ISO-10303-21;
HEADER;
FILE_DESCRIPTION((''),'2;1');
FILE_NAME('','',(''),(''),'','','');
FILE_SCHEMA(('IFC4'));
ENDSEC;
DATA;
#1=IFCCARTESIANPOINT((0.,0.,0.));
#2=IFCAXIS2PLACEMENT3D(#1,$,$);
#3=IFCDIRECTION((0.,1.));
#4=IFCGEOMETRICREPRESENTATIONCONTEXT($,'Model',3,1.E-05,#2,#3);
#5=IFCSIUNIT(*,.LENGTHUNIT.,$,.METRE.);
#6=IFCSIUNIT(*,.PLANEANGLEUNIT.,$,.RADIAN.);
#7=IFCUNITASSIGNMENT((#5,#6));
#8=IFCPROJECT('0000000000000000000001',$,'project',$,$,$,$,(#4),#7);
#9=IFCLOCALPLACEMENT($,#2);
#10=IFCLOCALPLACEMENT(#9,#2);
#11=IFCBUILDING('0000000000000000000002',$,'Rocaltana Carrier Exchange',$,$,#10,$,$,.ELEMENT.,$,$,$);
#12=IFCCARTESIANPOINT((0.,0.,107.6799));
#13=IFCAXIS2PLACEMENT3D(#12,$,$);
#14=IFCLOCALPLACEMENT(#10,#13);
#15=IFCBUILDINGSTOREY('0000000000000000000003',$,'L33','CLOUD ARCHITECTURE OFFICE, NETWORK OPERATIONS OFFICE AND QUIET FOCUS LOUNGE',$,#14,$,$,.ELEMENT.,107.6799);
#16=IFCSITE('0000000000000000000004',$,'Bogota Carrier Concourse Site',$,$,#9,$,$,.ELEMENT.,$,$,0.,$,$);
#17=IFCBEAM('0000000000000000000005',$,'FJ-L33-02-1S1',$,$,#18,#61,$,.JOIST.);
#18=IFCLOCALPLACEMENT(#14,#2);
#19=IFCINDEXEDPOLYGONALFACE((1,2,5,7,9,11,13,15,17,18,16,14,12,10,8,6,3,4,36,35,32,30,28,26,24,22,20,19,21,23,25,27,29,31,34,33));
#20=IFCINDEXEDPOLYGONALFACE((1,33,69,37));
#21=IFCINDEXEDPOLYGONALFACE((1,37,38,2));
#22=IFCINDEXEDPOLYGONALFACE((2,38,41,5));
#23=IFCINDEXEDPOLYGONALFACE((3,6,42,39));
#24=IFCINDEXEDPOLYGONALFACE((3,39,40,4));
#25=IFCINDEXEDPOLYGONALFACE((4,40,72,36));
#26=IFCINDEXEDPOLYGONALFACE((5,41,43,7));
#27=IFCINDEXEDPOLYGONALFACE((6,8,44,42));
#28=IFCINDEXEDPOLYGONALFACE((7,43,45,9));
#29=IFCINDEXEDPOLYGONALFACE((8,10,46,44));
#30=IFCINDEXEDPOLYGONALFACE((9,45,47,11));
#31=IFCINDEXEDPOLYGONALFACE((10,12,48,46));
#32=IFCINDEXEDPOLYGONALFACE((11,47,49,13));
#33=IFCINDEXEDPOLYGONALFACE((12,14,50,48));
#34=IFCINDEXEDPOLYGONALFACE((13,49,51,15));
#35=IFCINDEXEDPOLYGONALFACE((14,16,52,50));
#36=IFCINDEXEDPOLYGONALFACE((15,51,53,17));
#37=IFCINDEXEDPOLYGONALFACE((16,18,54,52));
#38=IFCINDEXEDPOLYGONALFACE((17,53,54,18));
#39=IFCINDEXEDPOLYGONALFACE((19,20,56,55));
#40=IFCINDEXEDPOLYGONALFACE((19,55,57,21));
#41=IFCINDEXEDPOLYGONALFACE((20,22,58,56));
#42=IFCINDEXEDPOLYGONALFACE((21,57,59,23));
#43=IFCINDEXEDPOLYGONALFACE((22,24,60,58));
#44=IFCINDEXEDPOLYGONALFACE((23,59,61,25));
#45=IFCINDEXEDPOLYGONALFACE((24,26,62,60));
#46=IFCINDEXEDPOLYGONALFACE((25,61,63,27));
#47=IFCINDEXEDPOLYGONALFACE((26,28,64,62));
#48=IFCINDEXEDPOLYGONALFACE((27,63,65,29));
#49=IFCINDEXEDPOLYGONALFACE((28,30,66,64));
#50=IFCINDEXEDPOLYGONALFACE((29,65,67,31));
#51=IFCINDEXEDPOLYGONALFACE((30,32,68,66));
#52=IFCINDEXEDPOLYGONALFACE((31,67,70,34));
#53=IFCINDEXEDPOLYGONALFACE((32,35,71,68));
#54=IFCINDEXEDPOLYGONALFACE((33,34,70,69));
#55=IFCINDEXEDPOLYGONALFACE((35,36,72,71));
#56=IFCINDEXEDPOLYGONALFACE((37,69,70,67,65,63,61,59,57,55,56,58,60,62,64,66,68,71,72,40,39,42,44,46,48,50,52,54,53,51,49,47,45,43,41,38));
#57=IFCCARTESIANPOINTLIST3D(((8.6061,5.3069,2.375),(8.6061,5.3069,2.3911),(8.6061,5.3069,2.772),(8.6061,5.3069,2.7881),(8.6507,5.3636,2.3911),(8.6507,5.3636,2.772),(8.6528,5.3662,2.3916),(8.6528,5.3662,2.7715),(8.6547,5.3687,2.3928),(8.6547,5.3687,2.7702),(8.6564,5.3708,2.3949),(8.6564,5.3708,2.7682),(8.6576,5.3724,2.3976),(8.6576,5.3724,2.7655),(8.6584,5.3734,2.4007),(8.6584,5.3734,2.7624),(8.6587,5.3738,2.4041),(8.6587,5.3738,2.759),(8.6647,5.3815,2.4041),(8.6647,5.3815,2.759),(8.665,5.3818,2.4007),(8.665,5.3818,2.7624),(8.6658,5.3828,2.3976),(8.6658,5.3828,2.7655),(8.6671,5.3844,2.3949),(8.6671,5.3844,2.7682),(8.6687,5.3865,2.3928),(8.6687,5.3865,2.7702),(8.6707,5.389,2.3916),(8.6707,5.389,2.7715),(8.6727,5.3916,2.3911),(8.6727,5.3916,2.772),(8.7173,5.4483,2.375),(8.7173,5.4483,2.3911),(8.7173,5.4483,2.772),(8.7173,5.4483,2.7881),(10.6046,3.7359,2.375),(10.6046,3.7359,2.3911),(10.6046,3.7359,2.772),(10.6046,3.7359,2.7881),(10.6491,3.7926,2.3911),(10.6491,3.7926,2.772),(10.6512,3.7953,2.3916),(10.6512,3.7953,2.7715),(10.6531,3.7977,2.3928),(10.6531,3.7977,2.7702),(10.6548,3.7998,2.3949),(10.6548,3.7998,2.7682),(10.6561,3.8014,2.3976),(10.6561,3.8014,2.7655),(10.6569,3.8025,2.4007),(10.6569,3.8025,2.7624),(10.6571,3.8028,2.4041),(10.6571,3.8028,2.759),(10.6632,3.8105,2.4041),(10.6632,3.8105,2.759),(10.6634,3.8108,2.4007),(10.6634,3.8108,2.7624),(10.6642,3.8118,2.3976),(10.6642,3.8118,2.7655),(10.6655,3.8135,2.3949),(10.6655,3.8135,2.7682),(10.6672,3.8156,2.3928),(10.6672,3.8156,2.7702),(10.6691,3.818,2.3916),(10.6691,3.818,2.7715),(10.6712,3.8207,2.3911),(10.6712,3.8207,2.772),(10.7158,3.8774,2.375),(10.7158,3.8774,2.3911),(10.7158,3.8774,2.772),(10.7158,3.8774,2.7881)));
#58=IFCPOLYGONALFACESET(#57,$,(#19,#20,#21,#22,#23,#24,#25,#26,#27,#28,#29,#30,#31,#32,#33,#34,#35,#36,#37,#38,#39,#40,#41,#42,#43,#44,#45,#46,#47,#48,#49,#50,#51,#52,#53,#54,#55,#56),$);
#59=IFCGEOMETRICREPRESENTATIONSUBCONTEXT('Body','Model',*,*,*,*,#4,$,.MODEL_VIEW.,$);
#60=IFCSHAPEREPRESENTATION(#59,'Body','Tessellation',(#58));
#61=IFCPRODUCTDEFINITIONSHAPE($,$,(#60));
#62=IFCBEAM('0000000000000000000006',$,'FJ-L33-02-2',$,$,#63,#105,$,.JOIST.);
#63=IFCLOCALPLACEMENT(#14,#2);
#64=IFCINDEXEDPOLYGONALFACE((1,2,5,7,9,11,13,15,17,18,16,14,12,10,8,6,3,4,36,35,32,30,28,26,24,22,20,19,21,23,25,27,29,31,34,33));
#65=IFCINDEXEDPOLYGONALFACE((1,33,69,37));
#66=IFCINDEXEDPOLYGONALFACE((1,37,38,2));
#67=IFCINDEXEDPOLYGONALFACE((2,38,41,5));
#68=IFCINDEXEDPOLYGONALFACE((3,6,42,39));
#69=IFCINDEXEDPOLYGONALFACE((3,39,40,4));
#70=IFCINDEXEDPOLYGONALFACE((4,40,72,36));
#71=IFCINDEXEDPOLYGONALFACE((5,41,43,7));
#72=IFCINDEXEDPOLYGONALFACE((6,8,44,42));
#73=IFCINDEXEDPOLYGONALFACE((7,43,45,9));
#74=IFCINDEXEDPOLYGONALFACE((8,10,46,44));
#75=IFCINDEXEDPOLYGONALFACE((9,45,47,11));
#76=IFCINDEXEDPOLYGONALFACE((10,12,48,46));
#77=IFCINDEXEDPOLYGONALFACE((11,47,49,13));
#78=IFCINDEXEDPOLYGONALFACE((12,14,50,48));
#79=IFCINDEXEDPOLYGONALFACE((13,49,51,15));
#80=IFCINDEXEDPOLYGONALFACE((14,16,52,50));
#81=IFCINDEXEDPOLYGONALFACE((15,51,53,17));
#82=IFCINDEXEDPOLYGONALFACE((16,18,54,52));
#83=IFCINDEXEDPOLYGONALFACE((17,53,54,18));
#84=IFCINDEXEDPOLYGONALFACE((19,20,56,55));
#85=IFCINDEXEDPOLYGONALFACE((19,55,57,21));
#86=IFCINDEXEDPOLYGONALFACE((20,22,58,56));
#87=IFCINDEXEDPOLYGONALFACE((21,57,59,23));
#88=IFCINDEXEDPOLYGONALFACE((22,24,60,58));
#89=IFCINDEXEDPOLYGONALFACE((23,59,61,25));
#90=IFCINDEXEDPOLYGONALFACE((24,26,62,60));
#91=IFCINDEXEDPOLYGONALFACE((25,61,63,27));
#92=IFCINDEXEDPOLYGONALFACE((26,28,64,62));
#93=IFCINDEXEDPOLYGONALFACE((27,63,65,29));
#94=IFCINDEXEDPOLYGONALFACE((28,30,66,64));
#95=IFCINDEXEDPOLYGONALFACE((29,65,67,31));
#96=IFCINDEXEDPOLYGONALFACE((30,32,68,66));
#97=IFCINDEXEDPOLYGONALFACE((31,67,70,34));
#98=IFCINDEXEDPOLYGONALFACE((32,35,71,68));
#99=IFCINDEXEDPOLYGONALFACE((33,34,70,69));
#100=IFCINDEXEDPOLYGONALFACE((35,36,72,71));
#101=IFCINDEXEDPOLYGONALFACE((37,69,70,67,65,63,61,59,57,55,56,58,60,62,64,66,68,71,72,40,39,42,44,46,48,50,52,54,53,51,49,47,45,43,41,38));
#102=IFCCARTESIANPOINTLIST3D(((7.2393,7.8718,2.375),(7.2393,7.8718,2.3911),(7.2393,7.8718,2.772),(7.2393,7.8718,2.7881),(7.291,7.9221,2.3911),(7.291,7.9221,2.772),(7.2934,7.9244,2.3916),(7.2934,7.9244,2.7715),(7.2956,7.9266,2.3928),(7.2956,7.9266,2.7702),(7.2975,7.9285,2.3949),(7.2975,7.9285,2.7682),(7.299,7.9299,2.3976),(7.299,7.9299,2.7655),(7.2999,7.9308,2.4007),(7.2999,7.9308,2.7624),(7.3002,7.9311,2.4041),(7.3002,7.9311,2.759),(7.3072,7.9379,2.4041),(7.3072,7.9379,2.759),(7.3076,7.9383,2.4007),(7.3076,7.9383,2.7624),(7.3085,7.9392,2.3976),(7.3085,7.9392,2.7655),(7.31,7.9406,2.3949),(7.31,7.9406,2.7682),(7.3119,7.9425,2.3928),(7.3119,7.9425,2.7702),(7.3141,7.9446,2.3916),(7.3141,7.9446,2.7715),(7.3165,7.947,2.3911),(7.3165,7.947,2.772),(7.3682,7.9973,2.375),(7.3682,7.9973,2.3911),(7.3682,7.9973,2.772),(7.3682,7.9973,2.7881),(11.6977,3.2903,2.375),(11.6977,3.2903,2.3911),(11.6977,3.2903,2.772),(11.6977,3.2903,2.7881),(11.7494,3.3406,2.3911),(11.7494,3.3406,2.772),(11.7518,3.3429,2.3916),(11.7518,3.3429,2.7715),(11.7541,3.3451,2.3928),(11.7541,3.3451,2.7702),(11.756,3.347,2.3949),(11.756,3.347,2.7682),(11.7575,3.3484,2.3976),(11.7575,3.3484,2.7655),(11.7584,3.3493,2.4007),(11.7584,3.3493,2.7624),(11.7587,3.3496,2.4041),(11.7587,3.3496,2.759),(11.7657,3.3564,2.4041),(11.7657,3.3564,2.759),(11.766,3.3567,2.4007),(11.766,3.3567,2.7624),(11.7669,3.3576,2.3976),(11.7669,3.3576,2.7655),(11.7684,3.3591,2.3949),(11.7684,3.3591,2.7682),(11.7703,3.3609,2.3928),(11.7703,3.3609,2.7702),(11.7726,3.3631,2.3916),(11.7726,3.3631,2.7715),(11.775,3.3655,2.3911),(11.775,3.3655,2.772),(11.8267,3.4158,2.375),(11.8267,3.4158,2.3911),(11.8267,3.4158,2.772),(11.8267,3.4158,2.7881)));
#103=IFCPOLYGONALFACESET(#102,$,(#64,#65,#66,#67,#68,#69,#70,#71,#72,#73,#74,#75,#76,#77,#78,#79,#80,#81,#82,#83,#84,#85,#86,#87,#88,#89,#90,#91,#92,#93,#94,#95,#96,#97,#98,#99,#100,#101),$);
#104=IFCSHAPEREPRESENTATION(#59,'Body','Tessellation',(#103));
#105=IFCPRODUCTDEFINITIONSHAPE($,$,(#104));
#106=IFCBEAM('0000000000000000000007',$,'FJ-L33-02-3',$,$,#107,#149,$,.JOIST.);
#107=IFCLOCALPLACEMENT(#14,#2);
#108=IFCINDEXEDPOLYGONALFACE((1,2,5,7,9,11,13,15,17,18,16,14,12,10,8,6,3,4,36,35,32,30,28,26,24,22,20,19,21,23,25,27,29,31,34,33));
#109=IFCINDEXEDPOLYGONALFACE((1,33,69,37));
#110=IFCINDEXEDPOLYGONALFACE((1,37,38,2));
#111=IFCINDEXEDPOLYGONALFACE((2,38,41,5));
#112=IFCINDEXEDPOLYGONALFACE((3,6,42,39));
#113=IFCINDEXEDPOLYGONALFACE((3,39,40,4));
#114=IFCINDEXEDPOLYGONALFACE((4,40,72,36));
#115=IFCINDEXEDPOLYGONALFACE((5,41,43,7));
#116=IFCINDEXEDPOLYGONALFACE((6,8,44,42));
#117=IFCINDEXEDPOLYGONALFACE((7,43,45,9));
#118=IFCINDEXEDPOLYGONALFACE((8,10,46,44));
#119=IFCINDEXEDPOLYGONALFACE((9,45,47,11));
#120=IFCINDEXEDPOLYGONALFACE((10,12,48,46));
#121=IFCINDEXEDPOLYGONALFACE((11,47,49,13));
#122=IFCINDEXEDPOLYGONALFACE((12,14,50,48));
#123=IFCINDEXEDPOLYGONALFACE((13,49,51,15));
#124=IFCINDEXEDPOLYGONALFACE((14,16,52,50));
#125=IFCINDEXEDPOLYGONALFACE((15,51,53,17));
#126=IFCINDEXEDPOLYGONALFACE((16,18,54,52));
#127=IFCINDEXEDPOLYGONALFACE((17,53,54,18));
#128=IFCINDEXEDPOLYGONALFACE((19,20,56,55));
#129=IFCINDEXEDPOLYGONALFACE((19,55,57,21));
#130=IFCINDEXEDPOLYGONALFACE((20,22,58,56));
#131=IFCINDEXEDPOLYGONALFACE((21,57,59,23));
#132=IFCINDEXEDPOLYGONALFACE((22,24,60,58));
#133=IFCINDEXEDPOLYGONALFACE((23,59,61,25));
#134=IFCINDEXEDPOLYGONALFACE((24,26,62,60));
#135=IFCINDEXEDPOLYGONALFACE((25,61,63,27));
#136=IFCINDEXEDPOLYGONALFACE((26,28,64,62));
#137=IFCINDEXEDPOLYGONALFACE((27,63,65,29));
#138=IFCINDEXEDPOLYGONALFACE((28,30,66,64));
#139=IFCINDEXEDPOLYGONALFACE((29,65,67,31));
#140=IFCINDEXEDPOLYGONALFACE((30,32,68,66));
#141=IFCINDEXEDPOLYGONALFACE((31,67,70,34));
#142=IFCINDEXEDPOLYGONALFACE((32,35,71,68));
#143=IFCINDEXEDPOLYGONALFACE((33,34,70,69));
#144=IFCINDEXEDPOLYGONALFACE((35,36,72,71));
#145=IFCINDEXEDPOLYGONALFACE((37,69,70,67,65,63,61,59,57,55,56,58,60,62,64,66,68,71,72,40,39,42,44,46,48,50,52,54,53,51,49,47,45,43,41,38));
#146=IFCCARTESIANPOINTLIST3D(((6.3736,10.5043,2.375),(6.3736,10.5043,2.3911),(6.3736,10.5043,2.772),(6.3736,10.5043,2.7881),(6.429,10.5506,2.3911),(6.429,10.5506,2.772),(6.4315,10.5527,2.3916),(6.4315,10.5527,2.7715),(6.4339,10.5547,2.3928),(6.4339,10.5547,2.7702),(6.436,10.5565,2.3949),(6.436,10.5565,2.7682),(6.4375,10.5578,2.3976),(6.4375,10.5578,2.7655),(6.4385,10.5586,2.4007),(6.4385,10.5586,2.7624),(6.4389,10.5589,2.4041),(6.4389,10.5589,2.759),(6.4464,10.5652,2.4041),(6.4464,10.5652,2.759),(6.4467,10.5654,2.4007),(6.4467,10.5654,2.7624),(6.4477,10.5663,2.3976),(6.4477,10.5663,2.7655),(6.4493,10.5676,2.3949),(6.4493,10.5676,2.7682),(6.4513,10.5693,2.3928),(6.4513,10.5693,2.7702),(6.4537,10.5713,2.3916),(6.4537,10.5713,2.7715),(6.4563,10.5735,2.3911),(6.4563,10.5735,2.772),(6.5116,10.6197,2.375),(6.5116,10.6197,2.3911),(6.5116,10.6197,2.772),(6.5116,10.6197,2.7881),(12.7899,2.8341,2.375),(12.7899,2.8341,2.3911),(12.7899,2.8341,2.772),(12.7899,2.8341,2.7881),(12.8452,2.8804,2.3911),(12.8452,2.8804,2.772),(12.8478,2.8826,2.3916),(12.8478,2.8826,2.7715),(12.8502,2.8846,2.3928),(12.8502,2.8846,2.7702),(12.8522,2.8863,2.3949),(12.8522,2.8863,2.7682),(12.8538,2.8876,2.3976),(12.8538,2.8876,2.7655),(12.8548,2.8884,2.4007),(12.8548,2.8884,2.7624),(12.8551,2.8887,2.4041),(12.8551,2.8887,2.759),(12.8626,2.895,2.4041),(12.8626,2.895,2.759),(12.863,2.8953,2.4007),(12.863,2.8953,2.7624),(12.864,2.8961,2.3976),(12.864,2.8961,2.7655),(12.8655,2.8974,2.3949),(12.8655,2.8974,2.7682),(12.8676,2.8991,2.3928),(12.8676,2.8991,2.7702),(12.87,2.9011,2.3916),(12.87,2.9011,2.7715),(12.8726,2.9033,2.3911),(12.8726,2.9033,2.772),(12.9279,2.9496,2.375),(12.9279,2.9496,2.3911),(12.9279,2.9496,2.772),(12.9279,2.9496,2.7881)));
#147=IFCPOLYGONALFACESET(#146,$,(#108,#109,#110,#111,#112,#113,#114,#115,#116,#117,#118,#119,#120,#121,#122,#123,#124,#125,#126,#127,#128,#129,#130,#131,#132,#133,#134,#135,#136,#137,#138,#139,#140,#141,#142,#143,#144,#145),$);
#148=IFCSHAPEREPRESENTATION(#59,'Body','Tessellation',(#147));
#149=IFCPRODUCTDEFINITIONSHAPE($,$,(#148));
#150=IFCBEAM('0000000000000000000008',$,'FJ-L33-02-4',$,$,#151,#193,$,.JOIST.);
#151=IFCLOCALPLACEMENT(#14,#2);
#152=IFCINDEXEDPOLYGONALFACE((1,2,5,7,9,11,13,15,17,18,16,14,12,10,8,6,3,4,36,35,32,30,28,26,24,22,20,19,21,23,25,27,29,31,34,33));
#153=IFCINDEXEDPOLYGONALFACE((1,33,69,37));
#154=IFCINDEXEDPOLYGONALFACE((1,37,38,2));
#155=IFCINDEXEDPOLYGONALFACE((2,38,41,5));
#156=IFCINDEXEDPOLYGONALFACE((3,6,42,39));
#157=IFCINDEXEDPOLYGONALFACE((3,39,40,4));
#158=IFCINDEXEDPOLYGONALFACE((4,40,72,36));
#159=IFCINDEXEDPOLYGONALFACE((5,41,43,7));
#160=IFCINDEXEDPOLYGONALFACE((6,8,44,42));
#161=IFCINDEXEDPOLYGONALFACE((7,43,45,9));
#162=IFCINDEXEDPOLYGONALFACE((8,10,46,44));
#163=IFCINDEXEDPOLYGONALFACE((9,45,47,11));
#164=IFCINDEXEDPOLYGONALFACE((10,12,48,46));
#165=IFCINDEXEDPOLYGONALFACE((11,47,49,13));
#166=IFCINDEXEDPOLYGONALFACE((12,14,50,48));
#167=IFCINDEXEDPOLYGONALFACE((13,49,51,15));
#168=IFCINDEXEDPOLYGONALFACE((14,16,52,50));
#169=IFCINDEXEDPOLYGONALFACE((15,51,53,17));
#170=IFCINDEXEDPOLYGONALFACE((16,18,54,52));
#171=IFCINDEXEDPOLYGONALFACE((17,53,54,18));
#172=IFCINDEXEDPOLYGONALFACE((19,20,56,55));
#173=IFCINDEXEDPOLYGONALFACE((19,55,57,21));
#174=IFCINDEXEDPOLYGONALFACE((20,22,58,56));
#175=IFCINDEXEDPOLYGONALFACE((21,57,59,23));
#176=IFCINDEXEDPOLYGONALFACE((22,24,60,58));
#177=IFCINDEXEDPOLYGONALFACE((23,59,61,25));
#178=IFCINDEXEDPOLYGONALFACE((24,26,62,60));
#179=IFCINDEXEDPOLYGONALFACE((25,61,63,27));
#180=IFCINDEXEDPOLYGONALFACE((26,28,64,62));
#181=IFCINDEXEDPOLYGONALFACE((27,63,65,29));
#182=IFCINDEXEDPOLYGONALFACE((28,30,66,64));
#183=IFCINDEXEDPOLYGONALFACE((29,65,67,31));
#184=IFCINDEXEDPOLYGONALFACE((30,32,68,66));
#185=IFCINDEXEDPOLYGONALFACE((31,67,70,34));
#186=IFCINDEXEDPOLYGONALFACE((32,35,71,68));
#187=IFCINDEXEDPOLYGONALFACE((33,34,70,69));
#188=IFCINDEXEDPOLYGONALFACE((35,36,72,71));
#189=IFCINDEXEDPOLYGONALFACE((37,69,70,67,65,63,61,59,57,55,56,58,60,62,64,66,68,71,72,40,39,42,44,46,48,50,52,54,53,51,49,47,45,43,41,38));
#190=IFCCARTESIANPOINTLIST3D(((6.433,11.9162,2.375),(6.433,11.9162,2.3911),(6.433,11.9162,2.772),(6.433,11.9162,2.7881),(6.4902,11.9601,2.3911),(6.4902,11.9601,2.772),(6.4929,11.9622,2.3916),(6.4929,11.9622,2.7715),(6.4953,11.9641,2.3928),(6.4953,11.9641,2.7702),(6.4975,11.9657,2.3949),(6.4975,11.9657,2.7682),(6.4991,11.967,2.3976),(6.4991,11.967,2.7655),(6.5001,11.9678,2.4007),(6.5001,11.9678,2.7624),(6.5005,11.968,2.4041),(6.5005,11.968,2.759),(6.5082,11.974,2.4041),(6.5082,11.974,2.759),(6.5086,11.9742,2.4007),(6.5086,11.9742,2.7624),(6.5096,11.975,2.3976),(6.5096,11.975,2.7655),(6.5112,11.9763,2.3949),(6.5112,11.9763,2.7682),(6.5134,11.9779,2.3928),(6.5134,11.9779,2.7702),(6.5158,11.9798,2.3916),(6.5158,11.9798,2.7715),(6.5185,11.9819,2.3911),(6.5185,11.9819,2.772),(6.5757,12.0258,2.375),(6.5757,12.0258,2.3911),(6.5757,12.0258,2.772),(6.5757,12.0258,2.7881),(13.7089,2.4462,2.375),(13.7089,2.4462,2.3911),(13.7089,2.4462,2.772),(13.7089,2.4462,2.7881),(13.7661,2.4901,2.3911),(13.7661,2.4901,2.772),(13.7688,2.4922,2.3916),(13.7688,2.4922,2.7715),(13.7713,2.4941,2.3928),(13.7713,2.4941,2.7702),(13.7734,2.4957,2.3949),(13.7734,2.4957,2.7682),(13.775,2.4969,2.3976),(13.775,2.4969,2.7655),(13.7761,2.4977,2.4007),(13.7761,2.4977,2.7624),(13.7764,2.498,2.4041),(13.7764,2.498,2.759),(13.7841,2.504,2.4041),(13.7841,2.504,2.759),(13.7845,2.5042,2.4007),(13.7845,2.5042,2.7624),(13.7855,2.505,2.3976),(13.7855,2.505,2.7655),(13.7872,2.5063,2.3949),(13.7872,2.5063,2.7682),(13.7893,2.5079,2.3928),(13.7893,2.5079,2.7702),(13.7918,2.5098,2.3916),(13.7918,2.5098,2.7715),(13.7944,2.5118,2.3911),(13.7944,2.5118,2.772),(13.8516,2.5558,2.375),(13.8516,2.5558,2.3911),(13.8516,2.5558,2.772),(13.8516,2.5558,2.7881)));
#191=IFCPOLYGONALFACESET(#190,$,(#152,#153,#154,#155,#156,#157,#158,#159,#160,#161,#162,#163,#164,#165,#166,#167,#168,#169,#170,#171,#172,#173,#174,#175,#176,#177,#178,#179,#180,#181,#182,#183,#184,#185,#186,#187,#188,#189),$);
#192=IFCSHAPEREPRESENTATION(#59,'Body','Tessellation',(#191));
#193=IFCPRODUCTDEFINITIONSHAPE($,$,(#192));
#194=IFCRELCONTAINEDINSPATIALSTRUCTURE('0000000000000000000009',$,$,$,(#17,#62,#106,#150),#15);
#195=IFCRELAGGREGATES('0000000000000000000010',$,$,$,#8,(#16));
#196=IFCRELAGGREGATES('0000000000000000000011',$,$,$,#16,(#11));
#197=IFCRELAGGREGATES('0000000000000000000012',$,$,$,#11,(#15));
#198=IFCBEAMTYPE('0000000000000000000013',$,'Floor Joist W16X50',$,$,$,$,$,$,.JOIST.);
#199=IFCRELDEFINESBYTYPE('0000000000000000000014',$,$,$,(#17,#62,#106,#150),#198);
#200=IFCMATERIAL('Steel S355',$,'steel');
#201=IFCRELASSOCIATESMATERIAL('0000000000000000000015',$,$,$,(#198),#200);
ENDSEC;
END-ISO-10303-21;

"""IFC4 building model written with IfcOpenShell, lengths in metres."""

from ifc_helpers import new_model, si_unit, direction, frame, origin, origin_2d, place, context, subcontext, project, spatial, i_section, extrude, material, material_profile, profile_set, type_object, element, save


model = new_model("IFC4")

# Units and contexts
model_context = context("Model", 3, precision=1e-05, world=origin(), true_north=direction((0.0, 1.0)))
body_context = subcontext(model_context, "Body", "Model", "MODEL_VIEW")
ifc_project = project(units=[si_unit("LENGTHUNIT", "METRE"), si_unit("PLANEANGLEUNIT", "RADIAN")], contexts=[model_context])

# Site, building, storey
site_placement = place(None, origin())
site = spatial("IfcSite", under=ifc_project, at=site_placement, Name="Bogota Carrier Concourse Site", CompositionType="ELEMENT", RefElevation=0.0)
building_placement = place(site_placement, origin())
building = spatial("IfcBuilding", under=site, at=building_placement, Name="Rocaltana Carrier Exchange", CompositionType="ELEMENT")
storey_placement = place(building_placement, frame((0.0, 0.0, 107.6799)))
storey = spatial("IfcBuildingStorey", under=building, at=storey_placement, Name="L33", Description="CLOUD ARCHITECTURE OFFICE, NETWORK OPERATIONS OFFICE AND QUIET FOCUS LOUNGE", CompositionType="ELEMENT", Elevation=107.6799)

# Beams
ifc_material_1 = material(Name="Steel S355", Category="steel")
ifc_material_profile_1 = material_profile(ifc_material_1, i_section(OverallWidth=0.1799, OverallDepth=0.4131, WebThickness=0.0098, FlangeThickness=0.0161, FilletRadius=0.0129, at=origin_2d()), Name="W16X50")
ifc_profile_set_1 = profile_set([ifc_material_profile_1], Name="Steel S355")
beam_type_1 = type_object("IfcBeamType", Name="Floor Joist W16X50", PredefinedType="JOIST", material=ifc_profile_set_1)
beam_1_placement = place(storey_placement, frame((10.6602, 3.8066, 2.5815), z_axis=(-0.786172, 0.618008, 0.0), x_axis=(-0.618008, -0.786172, 0.0)))
element("IfcBeam", 1, at=beam_1_placement, inside=storey, type_object=beam_type_1, Name="FJ-L33-02-1S1", PredefinedType="JOIST", context=body_context, shape_type="SweptSolid", body=[
    extrude(i_section(OverallWidth=0.1799, OverallDepth=0.4131, WebThickness=0.0098, FlangeThickness=0.0161, FilletRadius=0.0129, at=origin_2d()), origin(), (0.0, 0.0, 1.0), 2.542),
])
beam_2_placement = place(storey_placement, frame((11.7622, 3.353, 2.5815), z_axis=(-0.697418, 0.716665, 0.0), x_axis=(-0.716665, -0.697418, 0.0)))
element("IfcBeam", 2, at=beam_2_placement, inside=storey, type_object=beam_type_1, Name="FJ-L33-02-2", PredefinedType="JOIST", context=body_context, shape_type="SweptSolid", body=[
    extrude(i_section(OverallWidth=0.1799, OverallDepth=0.4131, WebThickness=0.0098, FlangeThickness=0.0161, FilletRadius=0.0129, at=origin_2d()), origin(), (0.0, 0.0, 1.0), 6.3928),
])
beam_3_placement = place(storey_placement, frame((12.8589, 2.8918, 2.5815), z_axis=(-0.641627, 0.767017, 0.0), x_axis=(-0.767017, -0.641627, 0.0)))
element("IfcBeam", 3, at=beam_3_placement, inside=storey, type_object=beam_type_1, Name="FJ-L33-02-3", PredefinedType="JOIST", context=body_context, shape_type="SweptSolid", body=[
    extrude(i_section(OverallWidth=0.1799, OverallDepth=0.4131, WebThickness=0.0098, FlangeThickness=0.0161, FilletRadius=0.0129, at=origin_2d()), origin(), (0.0, 0.0, 1.0), 10.0),
])
beam_4_placement = place(storey_placement, frame((13.7803, 2.501, 2.5815), z_axis=(-0.609252, 0.792976, 0.0), x_axis=(-0.792976, -0.609252, 0.0)))
element("IfcBeam", 4, at=beam_4_placement, inside=storey, type_object=beam_type_1, Name="FJ-L33-02-4", PredefinedType="JOIST", context=body_context, shape_type="SweptSolid", body=[
    extrude(i_section(OverallWidth=0.1799, OverallDepth=0.4131, WebThickness=0.0098, FlangeThickness=0.0161, FilletRadius=0.0129, at=origin_2d()), origin(), (0.0, 0.0, 1.0), 11.9424),
])

save(model, "model.ifc")
